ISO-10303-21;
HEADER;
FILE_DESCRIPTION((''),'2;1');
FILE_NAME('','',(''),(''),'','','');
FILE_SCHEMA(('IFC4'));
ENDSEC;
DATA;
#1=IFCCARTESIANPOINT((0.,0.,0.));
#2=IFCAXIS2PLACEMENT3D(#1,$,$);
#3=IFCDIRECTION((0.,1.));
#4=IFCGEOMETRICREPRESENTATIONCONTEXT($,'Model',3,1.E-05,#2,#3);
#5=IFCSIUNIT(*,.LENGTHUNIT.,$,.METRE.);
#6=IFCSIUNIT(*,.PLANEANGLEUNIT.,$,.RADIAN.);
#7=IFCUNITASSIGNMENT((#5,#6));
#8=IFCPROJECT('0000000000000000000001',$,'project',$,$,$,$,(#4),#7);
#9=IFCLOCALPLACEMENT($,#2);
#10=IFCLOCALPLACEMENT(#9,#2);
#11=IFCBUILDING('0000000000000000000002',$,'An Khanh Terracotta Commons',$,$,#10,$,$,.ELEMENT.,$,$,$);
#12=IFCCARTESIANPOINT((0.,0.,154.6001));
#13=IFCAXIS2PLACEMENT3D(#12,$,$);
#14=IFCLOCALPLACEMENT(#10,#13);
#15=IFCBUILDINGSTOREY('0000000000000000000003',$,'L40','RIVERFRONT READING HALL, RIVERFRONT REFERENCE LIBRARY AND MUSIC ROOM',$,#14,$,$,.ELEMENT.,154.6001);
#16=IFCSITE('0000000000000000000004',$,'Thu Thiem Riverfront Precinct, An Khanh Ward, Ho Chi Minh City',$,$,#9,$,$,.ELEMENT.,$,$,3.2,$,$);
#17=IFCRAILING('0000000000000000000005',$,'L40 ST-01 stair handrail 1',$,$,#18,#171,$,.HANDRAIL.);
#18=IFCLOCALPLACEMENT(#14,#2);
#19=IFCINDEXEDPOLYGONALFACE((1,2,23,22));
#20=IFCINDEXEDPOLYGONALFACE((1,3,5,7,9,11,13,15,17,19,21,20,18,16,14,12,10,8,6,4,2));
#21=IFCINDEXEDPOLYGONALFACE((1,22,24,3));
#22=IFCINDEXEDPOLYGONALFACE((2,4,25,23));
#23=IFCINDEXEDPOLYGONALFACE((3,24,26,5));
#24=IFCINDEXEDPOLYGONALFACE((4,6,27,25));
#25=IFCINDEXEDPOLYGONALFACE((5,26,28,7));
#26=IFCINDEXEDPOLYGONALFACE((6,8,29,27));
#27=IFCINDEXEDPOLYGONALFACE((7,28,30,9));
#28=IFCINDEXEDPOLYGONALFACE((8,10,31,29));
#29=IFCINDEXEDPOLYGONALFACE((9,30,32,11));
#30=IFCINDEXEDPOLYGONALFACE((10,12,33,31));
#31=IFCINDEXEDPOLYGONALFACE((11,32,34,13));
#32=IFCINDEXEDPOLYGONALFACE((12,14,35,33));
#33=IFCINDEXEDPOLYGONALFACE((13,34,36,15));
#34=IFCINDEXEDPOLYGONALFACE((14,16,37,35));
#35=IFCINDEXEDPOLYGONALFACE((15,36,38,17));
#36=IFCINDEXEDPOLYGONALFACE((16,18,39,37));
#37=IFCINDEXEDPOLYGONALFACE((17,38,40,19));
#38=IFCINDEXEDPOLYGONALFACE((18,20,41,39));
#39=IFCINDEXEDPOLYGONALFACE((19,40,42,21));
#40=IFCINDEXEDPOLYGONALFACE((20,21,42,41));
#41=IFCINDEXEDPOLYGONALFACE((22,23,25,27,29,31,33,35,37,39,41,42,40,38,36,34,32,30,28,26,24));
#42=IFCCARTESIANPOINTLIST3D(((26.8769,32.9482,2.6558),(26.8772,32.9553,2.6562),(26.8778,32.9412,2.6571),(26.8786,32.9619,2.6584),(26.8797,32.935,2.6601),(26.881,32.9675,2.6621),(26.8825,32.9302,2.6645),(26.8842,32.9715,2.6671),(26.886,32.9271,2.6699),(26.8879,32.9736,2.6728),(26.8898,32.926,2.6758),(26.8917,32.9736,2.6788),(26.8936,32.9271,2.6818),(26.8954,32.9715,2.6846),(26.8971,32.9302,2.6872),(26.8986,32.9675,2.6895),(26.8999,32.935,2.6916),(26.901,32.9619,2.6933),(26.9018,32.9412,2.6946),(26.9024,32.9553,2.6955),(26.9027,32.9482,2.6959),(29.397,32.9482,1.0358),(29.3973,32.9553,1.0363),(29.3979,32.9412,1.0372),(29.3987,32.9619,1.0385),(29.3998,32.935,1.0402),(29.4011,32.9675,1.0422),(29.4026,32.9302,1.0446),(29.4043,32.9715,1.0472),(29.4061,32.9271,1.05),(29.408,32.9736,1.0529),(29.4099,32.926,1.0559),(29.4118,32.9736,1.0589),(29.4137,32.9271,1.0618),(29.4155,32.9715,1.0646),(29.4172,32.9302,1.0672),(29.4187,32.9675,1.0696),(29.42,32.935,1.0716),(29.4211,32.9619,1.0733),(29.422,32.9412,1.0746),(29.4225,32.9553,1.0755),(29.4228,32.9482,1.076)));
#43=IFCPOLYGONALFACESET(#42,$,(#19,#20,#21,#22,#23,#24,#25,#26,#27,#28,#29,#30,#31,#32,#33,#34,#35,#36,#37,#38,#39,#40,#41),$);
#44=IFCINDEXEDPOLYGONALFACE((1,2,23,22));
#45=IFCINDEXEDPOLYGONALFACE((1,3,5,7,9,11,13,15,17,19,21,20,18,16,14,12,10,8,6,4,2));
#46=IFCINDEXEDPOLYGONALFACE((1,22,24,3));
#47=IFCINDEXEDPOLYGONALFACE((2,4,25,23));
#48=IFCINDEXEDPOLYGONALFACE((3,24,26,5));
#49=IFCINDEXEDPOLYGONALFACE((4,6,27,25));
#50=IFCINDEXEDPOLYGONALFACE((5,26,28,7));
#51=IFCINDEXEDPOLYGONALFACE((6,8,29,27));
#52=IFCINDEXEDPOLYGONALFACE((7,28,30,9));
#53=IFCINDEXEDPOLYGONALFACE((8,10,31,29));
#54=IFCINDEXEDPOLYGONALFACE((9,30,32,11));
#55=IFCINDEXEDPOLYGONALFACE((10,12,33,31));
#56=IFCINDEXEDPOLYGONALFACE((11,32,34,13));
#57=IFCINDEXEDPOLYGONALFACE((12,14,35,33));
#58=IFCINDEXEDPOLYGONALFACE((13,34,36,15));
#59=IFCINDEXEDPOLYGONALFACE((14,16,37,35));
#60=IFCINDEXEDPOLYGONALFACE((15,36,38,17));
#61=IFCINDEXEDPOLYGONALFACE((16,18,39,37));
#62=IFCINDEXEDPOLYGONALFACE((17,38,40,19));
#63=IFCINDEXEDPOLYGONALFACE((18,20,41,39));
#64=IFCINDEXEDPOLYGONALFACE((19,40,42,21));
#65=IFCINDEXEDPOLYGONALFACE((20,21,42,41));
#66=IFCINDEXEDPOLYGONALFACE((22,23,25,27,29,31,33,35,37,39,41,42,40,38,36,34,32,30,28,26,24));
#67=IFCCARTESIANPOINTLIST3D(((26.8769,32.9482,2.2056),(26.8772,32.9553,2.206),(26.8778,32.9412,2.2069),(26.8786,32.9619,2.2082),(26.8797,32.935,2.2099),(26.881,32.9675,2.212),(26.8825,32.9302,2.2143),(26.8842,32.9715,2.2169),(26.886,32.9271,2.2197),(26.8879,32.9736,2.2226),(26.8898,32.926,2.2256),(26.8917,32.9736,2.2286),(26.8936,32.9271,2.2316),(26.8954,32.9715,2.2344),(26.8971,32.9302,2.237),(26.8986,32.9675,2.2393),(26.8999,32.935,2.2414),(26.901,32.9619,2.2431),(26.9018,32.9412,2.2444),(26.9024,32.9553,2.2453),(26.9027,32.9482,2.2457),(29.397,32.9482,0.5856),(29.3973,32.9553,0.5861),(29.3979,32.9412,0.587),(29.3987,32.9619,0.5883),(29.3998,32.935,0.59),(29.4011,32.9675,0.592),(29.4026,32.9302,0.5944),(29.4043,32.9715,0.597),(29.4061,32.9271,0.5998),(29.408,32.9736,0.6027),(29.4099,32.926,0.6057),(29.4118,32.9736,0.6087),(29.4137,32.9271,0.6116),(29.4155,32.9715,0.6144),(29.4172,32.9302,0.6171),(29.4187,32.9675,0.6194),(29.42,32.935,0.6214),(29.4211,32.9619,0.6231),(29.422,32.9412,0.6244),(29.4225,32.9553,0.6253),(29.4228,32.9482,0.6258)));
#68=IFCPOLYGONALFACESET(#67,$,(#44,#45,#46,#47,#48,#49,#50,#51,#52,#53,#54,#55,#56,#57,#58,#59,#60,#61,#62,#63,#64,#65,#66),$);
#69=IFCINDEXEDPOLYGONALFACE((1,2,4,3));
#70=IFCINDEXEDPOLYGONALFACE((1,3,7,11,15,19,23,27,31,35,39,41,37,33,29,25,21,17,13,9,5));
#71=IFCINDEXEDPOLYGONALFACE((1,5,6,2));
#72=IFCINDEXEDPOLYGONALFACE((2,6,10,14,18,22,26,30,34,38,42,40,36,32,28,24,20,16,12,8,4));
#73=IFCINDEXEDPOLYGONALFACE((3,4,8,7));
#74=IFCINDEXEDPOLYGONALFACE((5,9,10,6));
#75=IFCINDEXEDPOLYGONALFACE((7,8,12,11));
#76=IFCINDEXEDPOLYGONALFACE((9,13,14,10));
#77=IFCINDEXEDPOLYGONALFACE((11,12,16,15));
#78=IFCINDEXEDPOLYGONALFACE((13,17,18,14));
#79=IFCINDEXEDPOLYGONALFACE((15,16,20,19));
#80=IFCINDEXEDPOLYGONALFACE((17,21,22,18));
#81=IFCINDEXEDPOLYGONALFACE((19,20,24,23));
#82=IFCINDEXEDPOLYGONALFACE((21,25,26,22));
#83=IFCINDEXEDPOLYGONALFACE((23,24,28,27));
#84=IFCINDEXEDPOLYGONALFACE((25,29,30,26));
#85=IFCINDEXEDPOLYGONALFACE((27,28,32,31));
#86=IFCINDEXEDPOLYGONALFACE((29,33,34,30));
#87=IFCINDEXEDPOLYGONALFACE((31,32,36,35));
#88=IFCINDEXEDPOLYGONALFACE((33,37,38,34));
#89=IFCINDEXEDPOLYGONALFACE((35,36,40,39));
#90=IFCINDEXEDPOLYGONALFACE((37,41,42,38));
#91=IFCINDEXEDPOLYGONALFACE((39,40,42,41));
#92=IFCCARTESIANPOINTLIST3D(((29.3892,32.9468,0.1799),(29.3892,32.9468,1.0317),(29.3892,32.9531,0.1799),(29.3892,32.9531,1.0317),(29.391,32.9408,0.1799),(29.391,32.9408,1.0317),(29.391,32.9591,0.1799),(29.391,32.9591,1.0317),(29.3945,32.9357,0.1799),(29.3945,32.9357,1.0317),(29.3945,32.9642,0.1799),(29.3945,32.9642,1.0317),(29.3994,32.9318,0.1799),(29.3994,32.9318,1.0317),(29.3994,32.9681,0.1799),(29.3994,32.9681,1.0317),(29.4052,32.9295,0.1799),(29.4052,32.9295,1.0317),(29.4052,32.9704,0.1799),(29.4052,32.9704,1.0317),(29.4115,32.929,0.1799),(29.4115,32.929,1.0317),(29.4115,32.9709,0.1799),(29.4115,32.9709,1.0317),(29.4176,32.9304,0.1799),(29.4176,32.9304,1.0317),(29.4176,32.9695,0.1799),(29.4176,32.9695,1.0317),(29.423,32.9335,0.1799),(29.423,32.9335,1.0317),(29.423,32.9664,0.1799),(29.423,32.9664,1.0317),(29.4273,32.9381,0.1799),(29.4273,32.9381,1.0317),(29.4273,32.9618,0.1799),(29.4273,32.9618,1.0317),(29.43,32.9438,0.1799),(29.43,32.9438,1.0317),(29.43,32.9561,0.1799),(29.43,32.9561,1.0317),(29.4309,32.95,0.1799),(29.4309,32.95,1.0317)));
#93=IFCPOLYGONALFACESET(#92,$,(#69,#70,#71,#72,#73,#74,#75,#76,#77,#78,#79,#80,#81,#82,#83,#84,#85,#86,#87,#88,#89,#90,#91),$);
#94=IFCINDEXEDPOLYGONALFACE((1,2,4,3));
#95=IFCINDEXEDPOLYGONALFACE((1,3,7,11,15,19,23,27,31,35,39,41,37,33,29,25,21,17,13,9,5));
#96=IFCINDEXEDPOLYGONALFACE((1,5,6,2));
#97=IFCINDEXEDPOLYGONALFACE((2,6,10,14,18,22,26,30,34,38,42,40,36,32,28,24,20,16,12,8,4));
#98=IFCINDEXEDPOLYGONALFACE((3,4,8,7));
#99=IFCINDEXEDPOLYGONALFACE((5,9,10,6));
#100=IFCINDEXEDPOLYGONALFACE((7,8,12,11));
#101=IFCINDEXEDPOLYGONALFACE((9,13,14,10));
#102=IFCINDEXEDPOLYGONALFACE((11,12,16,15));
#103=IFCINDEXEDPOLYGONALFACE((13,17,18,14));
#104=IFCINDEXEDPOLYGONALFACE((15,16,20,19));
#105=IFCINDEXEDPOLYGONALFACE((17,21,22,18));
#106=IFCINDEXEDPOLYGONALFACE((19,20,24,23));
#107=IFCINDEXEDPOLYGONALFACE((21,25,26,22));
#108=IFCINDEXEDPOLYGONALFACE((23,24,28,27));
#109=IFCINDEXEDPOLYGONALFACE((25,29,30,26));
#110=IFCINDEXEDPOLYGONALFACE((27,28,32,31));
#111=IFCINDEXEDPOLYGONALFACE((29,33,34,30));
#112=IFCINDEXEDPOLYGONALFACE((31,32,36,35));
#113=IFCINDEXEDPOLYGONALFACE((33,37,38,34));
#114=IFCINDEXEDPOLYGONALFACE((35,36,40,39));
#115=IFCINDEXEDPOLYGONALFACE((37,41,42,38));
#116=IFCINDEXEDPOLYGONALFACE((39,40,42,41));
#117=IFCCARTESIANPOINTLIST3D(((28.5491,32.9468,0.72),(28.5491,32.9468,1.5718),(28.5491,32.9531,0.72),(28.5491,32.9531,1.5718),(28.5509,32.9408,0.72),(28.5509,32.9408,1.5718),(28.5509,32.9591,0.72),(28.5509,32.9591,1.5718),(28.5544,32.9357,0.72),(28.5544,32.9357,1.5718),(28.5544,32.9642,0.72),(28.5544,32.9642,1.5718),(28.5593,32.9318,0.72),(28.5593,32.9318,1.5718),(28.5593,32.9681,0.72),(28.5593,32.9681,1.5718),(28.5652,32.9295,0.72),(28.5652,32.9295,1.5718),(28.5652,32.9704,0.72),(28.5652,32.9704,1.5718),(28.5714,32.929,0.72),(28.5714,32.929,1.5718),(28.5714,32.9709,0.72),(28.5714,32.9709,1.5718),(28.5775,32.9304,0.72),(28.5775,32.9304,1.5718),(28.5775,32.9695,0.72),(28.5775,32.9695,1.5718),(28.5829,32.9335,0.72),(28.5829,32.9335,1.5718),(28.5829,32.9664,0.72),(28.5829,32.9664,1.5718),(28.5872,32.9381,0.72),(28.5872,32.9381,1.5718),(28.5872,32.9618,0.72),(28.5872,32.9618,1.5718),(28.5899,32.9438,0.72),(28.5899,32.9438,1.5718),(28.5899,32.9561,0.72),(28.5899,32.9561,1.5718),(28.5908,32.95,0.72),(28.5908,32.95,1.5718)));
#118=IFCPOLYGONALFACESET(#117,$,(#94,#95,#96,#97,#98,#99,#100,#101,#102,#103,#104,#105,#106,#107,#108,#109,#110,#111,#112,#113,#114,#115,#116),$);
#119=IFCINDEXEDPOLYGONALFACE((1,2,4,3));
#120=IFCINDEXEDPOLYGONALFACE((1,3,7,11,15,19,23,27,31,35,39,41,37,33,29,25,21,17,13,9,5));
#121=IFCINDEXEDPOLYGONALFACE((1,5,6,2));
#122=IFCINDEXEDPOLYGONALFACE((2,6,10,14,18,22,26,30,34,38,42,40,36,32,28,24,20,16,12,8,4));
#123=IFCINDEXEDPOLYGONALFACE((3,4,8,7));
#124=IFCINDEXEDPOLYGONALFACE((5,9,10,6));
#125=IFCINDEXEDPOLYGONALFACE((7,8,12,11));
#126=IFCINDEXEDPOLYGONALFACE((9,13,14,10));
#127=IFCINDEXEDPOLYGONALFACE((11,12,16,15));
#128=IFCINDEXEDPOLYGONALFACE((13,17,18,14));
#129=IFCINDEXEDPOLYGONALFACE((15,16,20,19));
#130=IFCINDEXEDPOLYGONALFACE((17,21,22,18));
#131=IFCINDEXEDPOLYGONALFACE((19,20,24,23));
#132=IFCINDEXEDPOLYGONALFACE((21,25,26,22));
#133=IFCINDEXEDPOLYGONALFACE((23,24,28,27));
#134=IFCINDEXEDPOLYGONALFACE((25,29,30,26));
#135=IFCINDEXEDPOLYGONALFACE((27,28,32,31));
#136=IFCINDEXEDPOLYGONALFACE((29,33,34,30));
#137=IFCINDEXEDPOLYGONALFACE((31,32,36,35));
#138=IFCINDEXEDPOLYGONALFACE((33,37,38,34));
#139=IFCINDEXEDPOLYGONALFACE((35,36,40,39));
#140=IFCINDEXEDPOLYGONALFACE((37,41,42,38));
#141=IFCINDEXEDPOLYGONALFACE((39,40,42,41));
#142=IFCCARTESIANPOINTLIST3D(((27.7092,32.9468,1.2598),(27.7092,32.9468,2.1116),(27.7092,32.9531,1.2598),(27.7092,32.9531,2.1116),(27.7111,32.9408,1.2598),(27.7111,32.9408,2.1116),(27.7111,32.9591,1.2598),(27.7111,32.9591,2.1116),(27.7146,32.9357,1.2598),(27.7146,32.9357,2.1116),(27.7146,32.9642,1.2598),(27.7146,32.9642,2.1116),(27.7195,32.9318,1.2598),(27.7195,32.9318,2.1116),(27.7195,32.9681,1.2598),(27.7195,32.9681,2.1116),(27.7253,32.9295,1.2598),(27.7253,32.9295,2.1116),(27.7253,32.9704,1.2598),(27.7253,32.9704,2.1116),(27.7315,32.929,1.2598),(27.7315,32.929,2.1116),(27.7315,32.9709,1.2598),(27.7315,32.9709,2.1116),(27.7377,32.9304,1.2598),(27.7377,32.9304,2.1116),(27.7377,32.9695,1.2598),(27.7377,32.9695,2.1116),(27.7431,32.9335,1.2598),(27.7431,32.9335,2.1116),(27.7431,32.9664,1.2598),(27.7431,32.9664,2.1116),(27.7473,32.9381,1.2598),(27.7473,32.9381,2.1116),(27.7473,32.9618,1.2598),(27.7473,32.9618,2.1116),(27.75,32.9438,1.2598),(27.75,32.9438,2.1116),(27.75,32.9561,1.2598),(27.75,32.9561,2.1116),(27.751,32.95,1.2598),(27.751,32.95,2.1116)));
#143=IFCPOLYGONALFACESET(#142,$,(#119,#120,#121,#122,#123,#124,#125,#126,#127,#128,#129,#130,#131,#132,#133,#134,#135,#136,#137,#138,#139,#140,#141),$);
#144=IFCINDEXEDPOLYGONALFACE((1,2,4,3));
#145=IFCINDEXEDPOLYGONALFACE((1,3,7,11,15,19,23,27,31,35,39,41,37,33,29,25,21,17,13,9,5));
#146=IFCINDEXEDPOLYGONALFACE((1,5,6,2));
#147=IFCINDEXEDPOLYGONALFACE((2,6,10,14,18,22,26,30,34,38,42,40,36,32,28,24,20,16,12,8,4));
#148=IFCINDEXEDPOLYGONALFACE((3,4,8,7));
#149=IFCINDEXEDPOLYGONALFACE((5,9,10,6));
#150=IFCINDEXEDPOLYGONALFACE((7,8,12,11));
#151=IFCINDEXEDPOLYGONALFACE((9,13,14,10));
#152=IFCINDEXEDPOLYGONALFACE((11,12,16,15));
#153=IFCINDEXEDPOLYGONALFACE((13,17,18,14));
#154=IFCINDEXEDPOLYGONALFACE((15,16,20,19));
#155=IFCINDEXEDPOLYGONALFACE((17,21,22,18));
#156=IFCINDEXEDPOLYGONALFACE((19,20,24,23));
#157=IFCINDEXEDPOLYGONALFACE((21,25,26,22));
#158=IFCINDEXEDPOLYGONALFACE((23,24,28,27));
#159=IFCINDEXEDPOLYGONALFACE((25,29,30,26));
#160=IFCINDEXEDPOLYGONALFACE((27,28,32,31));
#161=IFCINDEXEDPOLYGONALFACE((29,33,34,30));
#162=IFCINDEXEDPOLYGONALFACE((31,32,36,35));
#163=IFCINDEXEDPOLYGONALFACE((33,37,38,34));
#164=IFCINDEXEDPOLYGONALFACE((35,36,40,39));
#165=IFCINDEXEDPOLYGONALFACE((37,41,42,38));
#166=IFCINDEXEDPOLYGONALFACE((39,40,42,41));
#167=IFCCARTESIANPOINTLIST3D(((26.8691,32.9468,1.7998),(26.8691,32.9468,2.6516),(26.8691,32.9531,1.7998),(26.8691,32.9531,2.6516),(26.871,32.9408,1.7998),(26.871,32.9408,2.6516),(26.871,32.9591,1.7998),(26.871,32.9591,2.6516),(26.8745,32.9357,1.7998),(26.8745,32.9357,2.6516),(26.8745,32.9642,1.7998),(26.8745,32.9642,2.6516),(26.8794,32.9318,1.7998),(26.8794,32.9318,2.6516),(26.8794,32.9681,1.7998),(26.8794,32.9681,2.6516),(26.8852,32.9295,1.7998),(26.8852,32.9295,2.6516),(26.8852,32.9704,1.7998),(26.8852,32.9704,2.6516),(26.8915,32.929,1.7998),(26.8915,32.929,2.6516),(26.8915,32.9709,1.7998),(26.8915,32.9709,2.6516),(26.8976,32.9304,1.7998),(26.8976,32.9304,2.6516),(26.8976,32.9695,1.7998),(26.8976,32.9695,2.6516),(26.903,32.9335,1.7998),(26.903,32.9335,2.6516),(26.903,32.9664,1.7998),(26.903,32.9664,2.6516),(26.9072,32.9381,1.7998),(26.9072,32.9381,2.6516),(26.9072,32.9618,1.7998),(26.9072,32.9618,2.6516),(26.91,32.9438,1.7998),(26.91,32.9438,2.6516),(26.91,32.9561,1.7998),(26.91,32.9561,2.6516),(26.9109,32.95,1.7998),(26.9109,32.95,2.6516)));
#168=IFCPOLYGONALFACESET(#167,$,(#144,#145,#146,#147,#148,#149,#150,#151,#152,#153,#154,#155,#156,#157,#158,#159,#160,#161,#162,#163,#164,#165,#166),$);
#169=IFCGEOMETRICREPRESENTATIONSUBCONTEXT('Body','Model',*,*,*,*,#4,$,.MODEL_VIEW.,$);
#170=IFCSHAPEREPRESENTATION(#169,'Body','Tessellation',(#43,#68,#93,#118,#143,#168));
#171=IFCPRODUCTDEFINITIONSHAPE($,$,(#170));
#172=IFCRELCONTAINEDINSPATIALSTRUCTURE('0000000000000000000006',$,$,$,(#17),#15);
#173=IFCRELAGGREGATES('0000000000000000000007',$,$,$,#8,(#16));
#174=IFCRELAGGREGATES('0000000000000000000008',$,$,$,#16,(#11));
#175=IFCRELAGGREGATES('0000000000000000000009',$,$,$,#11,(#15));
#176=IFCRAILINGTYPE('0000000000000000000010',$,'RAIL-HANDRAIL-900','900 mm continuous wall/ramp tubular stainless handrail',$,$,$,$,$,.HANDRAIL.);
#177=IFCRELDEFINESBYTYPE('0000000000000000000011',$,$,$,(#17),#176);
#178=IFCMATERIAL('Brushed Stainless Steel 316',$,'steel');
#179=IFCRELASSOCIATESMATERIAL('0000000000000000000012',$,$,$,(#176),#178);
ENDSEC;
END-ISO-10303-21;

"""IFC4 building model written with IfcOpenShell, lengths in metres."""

from ifc_helpers import new_model, si_unit, direction, frame, origin, origin_2d, place, context, subcontext, project, spatial, circle, extrude, material, type_object, element, save


model = new_model("IFC4")

# Units and contexts
model_context = context("Model", 3, precision=1e-05, world=origin(), true_north=direction((0.0, 1.0)))
body_context = subcontext(model_context, "Body", "Model", "MODEL_VIEW")
ifc_project = project(units=[si_unit("LENGTHUNIT", "METRE"), si_unit("PLANEANGLEUNIT", "RADIAN")], contexts=[model_context])

# Site, building, storey
site_placement = place(None, origin())
site = spatial("IfcSite", under=ifc_project, at=site_placement, Name="Thu Thiem Riverfront Precinct, An Khanh Ward, Ho Chi Minh City", CompositionType="ELEMENT", RefElevation=3.2)
building_placement = place(site_placement, origin())
building = spatial("IfcBuilding", under=site, at=building_placement, Name="An Khanh Terracotta Commons", CompositionType="ELEMENT")
storey_placement = place(building_placement, frame((0.0, 0.0, 154.6001)))
storey = spatial("IfcBuildingStorey", under=building, at=storey_placement, Name="L40", Description="RIVERFRONT READING HALL, RIVERFRONT REFERENCE LIBRARY AND MUSIC ROOM", CompositionType="ELEMENT", Elevation=154.6001)

# Railing
ifc_material_1 = material(Name="Brushed Stainless Steel 316", Category="steel")
railing_type_1 = type_object("IfcRailingType", Name="RAIL-HANDRAIL-900", Description="900 mm continuous wall/ramp tubular stainless handrail", PredefinedType="HANDRAIL", material=ifc_material_1)
railing_1_placement = place(storey_placement, frame((29.4099, 32.95, 0.1799)))
element("IfcRailing", 1, at=railing_1_placement, inside=storey, type_object=railing_type_1, Name="L40 ST-01 stair handrail 1", PredefinedType="HANDRAIL", context=body_context, shape_type="SweptSolid", body=[
    extrude(circle(Radius=0.0239, at=origin_2d()), frame((0.0, 0.0, 0.876), z_axis=(-0.8412, 0.0, 0.540725), x_axis=(0.0, -1.0, 0.0)), (0.0, 0.0, 1.0), 2.9958),
    extrude(circle(Radius=0.0239, at=origin_2d()), frame((0.0, 0.0, 0.4258), z_axis=(-0.8412, 0.0, 0.540725), x_axis=(0.0, -1.0, 0.0)), (0.0, 0.0, 1.0), 2.9958),
    extrude(circle(Radius=0.021, at=origin_2d()), origin(), (0.0, 0.0, 1.0), 0.8518),
    extrude(circle(Radius=0.021, at=origin_2d()), frame((-0.8401, 0.0, 0.54)), (0.0, 0.0, 1.0), 0.8518),
    extrude(circle(Radius=0.021, at=origin_2d()), frame((-1.6799, 0.0, 1.0798)), (0.0, 0.0, 1.0), 0.8518),
    extrude(circle(Radius=0.021, at=origin_2d()), frame((-2.52, 0.0, 1.6199)), (0.0, 0.0, 1.0), 0.8518),
])

save(model, "model.ifc")
